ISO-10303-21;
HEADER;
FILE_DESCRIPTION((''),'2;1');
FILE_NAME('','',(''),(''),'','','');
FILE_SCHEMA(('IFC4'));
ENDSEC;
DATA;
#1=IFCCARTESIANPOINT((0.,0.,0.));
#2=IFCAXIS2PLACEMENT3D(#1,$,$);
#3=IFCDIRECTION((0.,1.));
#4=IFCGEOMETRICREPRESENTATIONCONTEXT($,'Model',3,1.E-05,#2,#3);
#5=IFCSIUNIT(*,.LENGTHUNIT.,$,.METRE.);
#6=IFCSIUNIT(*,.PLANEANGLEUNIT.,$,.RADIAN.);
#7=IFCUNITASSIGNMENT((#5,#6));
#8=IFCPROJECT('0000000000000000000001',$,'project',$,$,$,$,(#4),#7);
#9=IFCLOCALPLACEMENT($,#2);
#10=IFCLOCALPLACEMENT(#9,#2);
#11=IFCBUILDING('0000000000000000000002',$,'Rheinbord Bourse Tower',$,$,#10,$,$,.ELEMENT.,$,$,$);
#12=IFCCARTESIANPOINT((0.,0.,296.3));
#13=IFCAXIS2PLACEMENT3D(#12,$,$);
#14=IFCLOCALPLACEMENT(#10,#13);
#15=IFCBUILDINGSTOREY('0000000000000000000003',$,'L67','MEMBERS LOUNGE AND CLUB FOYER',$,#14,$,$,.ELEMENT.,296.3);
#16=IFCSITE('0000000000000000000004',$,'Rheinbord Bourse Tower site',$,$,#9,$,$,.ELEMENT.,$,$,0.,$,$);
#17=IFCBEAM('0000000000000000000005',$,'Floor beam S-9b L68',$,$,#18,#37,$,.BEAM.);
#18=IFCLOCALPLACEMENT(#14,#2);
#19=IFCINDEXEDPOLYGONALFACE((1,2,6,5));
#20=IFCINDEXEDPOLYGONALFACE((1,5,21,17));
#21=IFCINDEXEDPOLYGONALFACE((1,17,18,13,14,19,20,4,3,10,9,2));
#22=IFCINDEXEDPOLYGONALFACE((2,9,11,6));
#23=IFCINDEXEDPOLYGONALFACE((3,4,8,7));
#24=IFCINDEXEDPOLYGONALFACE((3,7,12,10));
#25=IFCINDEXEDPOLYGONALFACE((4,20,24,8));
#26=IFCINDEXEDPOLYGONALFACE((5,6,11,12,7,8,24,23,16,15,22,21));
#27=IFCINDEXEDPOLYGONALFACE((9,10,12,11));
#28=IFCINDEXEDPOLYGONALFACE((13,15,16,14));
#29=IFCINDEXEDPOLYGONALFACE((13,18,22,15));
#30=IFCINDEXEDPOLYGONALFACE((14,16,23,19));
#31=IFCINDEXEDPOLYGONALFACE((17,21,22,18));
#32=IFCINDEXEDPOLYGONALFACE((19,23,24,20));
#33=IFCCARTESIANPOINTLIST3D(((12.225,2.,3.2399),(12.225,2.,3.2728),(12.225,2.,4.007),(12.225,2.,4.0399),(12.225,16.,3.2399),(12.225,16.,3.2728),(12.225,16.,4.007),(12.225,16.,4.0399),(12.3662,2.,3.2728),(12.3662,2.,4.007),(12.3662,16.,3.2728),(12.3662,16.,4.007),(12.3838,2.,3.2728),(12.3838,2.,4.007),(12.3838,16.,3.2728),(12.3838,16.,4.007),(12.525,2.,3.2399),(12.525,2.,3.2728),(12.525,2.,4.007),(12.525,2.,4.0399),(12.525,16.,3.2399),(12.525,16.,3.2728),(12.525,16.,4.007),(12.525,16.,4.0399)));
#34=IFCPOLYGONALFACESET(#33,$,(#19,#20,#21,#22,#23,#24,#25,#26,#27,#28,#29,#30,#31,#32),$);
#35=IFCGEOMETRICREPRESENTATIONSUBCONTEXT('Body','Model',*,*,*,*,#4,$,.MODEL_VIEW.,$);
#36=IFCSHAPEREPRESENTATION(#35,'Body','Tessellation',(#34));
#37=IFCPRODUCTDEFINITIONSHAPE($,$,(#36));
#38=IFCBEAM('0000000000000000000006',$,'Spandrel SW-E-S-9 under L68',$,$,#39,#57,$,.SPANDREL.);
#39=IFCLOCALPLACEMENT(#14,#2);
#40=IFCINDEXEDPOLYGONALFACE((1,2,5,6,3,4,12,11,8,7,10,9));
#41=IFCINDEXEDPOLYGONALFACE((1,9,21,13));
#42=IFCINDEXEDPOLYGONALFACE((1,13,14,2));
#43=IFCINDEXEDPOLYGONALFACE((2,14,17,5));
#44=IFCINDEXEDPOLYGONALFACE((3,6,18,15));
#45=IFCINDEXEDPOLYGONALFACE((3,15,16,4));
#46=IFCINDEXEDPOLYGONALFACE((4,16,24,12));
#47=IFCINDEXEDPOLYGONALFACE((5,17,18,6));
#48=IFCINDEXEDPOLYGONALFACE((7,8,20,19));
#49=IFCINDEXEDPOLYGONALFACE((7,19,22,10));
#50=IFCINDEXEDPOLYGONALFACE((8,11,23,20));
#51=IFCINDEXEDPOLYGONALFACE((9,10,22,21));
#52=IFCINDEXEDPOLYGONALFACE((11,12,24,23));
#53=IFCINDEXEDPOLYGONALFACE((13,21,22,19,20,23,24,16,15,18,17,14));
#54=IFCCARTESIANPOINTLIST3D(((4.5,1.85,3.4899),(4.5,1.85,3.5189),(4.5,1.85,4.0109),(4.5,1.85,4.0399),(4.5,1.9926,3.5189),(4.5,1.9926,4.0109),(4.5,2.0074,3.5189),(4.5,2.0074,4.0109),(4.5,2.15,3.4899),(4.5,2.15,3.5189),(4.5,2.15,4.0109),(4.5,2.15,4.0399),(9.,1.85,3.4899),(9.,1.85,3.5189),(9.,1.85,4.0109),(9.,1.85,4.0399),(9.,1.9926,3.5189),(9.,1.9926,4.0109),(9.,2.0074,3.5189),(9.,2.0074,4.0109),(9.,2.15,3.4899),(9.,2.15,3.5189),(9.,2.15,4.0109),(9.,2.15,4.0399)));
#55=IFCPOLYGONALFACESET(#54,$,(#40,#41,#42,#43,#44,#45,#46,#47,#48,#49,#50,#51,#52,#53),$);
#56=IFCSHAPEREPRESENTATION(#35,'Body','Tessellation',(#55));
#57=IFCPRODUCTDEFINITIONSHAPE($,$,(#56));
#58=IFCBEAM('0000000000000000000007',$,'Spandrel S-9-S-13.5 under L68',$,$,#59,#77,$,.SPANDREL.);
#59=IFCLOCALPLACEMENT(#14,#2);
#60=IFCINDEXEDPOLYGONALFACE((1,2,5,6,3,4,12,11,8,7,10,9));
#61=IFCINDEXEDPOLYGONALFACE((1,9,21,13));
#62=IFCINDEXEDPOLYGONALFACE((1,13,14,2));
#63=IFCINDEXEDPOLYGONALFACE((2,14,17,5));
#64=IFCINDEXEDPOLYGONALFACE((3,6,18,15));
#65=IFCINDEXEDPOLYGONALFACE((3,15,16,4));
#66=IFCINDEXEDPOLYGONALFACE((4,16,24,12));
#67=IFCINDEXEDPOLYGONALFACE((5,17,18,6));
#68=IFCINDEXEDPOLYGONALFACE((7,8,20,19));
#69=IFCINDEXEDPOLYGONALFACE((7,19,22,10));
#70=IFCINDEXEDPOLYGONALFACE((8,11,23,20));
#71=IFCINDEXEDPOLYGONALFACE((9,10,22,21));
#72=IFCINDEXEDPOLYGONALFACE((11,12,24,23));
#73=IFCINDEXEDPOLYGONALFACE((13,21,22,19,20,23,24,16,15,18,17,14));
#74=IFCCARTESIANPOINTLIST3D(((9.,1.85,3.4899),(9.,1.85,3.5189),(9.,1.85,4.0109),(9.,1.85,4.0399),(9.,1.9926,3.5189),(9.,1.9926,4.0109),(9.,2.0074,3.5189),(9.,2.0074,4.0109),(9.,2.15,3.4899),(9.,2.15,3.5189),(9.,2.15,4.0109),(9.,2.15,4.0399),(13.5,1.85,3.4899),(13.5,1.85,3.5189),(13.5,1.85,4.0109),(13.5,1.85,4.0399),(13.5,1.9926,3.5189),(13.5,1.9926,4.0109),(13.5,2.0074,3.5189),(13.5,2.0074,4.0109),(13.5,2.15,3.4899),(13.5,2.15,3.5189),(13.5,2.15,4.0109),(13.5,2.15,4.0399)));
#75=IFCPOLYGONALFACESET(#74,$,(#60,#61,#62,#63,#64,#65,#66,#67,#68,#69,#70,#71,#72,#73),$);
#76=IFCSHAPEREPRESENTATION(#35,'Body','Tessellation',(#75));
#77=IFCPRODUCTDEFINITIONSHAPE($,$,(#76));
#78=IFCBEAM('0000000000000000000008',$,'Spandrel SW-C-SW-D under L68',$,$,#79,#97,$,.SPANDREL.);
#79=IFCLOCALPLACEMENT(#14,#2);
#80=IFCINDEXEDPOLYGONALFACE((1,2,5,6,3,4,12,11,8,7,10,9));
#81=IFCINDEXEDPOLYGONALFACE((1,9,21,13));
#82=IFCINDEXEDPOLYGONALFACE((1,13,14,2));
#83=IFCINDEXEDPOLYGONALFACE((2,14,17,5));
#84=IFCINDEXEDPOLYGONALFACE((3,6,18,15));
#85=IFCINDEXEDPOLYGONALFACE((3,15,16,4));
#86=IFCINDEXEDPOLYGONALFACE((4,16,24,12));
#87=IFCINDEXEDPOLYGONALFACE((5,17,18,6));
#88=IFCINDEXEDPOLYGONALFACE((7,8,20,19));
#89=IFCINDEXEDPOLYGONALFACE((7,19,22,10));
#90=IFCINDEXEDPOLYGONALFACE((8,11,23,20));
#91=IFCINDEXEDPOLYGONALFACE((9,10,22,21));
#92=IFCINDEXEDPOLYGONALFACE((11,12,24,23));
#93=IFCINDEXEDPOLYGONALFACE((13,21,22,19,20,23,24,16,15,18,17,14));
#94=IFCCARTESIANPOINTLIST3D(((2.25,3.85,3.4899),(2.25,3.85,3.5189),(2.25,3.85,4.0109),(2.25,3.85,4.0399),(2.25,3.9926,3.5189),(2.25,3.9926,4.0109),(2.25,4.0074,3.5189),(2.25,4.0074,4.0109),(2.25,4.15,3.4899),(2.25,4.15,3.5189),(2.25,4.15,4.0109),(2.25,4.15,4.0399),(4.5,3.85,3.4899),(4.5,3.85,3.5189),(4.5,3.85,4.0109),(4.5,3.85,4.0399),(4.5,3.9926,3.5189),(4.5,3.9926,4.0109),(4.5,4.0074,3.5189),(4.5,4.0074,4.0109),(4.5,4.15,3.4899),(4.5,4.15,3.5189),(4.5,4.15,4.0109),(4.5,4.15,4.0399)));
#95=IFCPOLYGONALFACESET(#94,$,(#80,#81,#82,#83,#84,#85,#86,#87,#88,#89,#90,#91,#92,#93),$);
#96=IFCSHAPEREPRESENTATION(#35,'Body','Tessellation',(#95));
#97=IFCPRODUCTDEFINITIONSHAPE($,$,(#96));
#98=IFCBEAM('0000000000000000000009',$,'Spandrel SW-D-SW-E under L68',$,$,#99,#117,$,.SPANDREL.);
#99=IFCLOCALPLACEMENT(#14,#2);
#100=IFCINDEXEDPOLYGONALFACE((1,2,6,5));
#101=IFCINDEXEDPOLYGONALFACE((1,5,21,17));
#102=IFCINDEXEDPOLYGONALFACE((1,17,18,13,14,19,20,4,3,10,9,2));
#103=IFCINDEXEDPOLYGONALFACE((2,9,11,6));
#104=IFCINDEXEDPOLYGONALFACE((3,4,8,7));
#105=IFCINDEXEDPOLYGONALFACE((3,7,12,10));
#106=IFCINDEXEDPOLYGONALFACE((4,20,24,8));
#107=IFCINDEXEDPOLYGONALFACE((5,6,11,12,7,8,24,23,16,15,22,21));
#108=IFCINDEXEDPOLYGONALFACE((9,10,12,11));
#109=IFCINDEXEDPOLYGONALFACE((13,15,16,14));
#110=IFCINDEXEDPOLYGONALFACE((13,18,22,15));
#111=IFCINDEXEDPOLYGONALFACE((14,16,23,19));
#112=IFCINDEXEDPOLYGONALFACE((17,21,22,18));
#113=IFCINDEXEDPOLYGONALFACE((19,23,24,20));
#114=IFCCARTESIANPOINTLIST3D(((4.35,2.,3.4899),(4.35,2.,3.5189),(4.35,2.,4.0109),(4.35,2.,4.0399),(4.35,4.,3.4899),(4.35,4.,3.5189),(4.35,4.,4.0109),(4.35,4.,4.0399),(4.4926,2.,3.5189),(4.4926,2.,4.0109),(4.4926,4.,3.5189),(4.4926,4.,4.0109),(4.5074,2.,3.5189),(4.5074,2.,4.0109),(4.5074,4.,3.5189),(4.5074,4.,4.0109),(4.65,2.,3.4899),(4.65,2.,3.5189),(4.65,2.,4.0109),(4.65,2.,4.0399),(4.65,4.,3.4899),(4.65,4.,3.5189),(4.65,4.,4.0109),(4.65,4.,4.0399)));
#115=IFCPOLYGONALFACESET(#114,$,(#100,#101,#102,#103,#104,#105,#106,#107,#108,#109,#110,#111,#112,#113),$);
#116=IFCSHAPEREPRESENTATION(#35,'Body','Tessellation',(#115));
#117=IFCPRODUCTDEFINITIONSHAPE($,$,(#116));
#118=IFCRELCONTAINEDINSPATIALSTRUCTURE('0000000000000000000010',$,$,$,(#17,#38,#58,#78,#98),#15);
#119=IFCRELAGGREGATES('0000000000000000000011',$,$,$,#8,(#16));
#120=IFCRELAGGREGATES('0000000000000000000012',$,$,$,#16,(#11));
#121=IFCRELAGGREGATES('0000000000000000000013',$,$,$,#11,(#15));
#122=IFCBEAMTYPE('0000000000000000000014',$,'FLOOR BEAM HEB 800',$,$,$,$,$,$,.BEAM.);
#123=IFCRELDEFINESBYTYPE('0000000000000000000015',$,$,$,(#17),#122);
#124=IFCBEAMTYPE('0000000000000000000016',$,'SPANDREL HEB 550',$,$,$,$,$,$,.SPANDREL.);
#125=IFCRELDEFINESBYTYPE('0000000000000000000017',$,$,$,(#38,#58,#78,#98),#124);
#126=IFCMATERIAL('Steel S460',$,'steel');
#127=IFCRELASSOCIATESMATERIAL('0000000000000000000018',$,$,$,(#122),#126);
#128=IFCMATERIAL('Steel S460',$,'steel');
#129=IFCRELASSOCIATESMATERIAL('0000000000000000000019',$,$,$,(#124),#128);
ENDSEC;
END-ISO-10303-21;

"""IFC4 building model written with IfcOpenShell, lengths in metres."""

from ifc_helpers import new_model, si_unit, direction, frame, origin, origin_2d, place, context, subcontext, project, spatial, i_section, extrude, material, material_profile, profile_set, type_object, element, save


model = new_model("IFC4")

# Units and contexts
model_context = context("Model", 3, precision=1e-05, world=origin(), true_north=direction((0.0, 1.0)))
body_context = subcontext(model_context, "Body", "Model", "MODEL_VIEW")
ifc_project = project(units=[si_unit("LENGTHUNIT", "METRE"), si_unit("PLANEANGLEUNIT", "RADIAN")], contexts=[model_context])

# Site, building, storey
site_placement = place(None, origin())
site = spatial("IfcSite", under=ifc_project, at=site_placement, Name="Rheinbord Bourse Tower site", CompositionType="ELEMENT", RefElevation=0.0)
building_placement = place(site_placement, origin())
building = spatial("IfcBuilding", under=site, at=building_placement, Name="Rheinbord Bourse Tower", CompositionType="ELEMENT")
storey_placement = place(building_placement, frame((0.0, 0.0, 296.3)))
storey = spatial("IfcBuildingStorey", under=building, at=storey_placement, Name="L67", Description="MEMBERS LOUNGE AND CLUB FOYER", CompositionType="ELEMENT", Elevation=296.3)

# Beams
ifc_material_1 = material(Name="Steel S460", Category="steel")
ifc_material_profile_1 = material_profile(ifc_material_1, i_section(OverallWidth=0.3, OverallDepth=0.8, WebThickness=0.0176, FlangeThickness=0.033, at=origin_2d()), Name="HEB 800")
ifc_profile_set_1 = profile_set([ifc_material_profile_1], Name="Steel S460")
beam_type_1 = type_object("IfcBeamType", Name="FLOOR BEAM HEB 800", PredefinedType="BEAM", material=ifc_profile_set_1)
for number, where, z_axis, x_axis, name in (
    (1, (12.375, 2.0, 3.6399), (0.0, 1.0, 0.0), (-1.0, 0.0, 0.0), "Floor beam S-9b L68"),
):
    element("IfcBeam", number, at=place(storey_placement, frame(where, z_axis=z_axis, x_axis=x_axis)), inside=storey, type_object=beam_type_1, Name=name, PredefinedType="BEAM", context=body_context, shape_type="SweptSolid", body=[
        extrude(i_section(OverallWidth=0.3, OverallDepth=0.8, WebThickness=0.0176, FlangeThickness=0.033, at=origin_2d()), origin(), (0.0, 0.0, 1.0), 14.0),
    ])
ifc_material_2 = material(Name="Steel S460", Category="steel")
ifc_material_profile_2 = material_profile(ifc_material_2, i_section(OverallWidth=0.3, OverallDepth=0.55, WebThickness=0.0149, FlangeThickness=0.0291, at=origin_2d()), Name="HEB 550")
ifc_profile_set_2 = profile_set([ifc_material_profile_2], Name="Steel S460")
beam_type_2 = type_object("IfcBeamType", Name="SPANDREL HEB 550", PredefinedType="SPANDREL", material=ifc_profile_set_2)
for number, where, z_axis, x_axis, name in (
    (2, (4.5, 2.0, 3.7649), (1.0, 0.0, 0.0), (0.0, 1.0, 0.0), "Spandrel SW-E-S-9 under L68"),
    (3, (9.0, 2.0, 3.7649), (1.0, 0.0, 0.0), (0.0, 1.0, 0.0), "Spandrel S-9-S-13.5 under L68"),
):
    element("IfcBeam", number, at=place(storey_placement, frame(where, z_axis=z_axis, x_axis=x_axis)), inside=storey, type_object=beam_type_2, Name=name, PredefinedType="SPANDREL", context=body_context, shape_type="SweptSolid", body=[
        extrude(i_section(OverallWidth=0.3, OverallDepth=0.55, WebThickness=0.0149, FlangeThickness=0.0291, at=origin_2d()), origin(), (0.0, 0.0, 1.0), 4.5),
    ])
beam_1_placement = place(storey_placement, frame((2.25, 4.0, 3.7649), z_axis=(1.0, 0.0, 0.0), x_axis=(0.0, 1.0, 0.0)))
element("IfcBeam", 4, at=beam_1_placement, inside=storey, type_object=beam_type_2, Name="Spandrel SW-C-SW-D under L68", PredefinedType="SPANDREL", context=body_context, shape_type="SweptSolid", body=[
    extrude(i_section(OverallWidth=0.3, OverallDepth=0.55, WebThickness=0.0149, FlangeThickness=0.0291, at=origin_2d()), origin(), (0.0, 0.0, 1.0), 2.25),
])
beam_2_placement = place(storey_placement, frame((4.5, 4.0, 3.7649), z_axis=(0.0, -1.0, 0.0), x_axis=(1.0, 0.0, 0.0)))
element("IfcBeam", 5, at=beam_2_placement, inside=storey, type_object=beam_type_2, Name="Spandrel SW-D-SW-E under L68", PredefinedType="SPANDREL", context=body_context, shape_type="SweptSolid", body=[
    extrude(i_section(OverallWidth=0.3, OverallDepth=0.55, WebThickness=0.0149, FlangeThickness=0.0291, at=origin_2d()), origin(), (0.0, 0.0, 1.0), 2.0),
])

save(model, "model.ifc")
